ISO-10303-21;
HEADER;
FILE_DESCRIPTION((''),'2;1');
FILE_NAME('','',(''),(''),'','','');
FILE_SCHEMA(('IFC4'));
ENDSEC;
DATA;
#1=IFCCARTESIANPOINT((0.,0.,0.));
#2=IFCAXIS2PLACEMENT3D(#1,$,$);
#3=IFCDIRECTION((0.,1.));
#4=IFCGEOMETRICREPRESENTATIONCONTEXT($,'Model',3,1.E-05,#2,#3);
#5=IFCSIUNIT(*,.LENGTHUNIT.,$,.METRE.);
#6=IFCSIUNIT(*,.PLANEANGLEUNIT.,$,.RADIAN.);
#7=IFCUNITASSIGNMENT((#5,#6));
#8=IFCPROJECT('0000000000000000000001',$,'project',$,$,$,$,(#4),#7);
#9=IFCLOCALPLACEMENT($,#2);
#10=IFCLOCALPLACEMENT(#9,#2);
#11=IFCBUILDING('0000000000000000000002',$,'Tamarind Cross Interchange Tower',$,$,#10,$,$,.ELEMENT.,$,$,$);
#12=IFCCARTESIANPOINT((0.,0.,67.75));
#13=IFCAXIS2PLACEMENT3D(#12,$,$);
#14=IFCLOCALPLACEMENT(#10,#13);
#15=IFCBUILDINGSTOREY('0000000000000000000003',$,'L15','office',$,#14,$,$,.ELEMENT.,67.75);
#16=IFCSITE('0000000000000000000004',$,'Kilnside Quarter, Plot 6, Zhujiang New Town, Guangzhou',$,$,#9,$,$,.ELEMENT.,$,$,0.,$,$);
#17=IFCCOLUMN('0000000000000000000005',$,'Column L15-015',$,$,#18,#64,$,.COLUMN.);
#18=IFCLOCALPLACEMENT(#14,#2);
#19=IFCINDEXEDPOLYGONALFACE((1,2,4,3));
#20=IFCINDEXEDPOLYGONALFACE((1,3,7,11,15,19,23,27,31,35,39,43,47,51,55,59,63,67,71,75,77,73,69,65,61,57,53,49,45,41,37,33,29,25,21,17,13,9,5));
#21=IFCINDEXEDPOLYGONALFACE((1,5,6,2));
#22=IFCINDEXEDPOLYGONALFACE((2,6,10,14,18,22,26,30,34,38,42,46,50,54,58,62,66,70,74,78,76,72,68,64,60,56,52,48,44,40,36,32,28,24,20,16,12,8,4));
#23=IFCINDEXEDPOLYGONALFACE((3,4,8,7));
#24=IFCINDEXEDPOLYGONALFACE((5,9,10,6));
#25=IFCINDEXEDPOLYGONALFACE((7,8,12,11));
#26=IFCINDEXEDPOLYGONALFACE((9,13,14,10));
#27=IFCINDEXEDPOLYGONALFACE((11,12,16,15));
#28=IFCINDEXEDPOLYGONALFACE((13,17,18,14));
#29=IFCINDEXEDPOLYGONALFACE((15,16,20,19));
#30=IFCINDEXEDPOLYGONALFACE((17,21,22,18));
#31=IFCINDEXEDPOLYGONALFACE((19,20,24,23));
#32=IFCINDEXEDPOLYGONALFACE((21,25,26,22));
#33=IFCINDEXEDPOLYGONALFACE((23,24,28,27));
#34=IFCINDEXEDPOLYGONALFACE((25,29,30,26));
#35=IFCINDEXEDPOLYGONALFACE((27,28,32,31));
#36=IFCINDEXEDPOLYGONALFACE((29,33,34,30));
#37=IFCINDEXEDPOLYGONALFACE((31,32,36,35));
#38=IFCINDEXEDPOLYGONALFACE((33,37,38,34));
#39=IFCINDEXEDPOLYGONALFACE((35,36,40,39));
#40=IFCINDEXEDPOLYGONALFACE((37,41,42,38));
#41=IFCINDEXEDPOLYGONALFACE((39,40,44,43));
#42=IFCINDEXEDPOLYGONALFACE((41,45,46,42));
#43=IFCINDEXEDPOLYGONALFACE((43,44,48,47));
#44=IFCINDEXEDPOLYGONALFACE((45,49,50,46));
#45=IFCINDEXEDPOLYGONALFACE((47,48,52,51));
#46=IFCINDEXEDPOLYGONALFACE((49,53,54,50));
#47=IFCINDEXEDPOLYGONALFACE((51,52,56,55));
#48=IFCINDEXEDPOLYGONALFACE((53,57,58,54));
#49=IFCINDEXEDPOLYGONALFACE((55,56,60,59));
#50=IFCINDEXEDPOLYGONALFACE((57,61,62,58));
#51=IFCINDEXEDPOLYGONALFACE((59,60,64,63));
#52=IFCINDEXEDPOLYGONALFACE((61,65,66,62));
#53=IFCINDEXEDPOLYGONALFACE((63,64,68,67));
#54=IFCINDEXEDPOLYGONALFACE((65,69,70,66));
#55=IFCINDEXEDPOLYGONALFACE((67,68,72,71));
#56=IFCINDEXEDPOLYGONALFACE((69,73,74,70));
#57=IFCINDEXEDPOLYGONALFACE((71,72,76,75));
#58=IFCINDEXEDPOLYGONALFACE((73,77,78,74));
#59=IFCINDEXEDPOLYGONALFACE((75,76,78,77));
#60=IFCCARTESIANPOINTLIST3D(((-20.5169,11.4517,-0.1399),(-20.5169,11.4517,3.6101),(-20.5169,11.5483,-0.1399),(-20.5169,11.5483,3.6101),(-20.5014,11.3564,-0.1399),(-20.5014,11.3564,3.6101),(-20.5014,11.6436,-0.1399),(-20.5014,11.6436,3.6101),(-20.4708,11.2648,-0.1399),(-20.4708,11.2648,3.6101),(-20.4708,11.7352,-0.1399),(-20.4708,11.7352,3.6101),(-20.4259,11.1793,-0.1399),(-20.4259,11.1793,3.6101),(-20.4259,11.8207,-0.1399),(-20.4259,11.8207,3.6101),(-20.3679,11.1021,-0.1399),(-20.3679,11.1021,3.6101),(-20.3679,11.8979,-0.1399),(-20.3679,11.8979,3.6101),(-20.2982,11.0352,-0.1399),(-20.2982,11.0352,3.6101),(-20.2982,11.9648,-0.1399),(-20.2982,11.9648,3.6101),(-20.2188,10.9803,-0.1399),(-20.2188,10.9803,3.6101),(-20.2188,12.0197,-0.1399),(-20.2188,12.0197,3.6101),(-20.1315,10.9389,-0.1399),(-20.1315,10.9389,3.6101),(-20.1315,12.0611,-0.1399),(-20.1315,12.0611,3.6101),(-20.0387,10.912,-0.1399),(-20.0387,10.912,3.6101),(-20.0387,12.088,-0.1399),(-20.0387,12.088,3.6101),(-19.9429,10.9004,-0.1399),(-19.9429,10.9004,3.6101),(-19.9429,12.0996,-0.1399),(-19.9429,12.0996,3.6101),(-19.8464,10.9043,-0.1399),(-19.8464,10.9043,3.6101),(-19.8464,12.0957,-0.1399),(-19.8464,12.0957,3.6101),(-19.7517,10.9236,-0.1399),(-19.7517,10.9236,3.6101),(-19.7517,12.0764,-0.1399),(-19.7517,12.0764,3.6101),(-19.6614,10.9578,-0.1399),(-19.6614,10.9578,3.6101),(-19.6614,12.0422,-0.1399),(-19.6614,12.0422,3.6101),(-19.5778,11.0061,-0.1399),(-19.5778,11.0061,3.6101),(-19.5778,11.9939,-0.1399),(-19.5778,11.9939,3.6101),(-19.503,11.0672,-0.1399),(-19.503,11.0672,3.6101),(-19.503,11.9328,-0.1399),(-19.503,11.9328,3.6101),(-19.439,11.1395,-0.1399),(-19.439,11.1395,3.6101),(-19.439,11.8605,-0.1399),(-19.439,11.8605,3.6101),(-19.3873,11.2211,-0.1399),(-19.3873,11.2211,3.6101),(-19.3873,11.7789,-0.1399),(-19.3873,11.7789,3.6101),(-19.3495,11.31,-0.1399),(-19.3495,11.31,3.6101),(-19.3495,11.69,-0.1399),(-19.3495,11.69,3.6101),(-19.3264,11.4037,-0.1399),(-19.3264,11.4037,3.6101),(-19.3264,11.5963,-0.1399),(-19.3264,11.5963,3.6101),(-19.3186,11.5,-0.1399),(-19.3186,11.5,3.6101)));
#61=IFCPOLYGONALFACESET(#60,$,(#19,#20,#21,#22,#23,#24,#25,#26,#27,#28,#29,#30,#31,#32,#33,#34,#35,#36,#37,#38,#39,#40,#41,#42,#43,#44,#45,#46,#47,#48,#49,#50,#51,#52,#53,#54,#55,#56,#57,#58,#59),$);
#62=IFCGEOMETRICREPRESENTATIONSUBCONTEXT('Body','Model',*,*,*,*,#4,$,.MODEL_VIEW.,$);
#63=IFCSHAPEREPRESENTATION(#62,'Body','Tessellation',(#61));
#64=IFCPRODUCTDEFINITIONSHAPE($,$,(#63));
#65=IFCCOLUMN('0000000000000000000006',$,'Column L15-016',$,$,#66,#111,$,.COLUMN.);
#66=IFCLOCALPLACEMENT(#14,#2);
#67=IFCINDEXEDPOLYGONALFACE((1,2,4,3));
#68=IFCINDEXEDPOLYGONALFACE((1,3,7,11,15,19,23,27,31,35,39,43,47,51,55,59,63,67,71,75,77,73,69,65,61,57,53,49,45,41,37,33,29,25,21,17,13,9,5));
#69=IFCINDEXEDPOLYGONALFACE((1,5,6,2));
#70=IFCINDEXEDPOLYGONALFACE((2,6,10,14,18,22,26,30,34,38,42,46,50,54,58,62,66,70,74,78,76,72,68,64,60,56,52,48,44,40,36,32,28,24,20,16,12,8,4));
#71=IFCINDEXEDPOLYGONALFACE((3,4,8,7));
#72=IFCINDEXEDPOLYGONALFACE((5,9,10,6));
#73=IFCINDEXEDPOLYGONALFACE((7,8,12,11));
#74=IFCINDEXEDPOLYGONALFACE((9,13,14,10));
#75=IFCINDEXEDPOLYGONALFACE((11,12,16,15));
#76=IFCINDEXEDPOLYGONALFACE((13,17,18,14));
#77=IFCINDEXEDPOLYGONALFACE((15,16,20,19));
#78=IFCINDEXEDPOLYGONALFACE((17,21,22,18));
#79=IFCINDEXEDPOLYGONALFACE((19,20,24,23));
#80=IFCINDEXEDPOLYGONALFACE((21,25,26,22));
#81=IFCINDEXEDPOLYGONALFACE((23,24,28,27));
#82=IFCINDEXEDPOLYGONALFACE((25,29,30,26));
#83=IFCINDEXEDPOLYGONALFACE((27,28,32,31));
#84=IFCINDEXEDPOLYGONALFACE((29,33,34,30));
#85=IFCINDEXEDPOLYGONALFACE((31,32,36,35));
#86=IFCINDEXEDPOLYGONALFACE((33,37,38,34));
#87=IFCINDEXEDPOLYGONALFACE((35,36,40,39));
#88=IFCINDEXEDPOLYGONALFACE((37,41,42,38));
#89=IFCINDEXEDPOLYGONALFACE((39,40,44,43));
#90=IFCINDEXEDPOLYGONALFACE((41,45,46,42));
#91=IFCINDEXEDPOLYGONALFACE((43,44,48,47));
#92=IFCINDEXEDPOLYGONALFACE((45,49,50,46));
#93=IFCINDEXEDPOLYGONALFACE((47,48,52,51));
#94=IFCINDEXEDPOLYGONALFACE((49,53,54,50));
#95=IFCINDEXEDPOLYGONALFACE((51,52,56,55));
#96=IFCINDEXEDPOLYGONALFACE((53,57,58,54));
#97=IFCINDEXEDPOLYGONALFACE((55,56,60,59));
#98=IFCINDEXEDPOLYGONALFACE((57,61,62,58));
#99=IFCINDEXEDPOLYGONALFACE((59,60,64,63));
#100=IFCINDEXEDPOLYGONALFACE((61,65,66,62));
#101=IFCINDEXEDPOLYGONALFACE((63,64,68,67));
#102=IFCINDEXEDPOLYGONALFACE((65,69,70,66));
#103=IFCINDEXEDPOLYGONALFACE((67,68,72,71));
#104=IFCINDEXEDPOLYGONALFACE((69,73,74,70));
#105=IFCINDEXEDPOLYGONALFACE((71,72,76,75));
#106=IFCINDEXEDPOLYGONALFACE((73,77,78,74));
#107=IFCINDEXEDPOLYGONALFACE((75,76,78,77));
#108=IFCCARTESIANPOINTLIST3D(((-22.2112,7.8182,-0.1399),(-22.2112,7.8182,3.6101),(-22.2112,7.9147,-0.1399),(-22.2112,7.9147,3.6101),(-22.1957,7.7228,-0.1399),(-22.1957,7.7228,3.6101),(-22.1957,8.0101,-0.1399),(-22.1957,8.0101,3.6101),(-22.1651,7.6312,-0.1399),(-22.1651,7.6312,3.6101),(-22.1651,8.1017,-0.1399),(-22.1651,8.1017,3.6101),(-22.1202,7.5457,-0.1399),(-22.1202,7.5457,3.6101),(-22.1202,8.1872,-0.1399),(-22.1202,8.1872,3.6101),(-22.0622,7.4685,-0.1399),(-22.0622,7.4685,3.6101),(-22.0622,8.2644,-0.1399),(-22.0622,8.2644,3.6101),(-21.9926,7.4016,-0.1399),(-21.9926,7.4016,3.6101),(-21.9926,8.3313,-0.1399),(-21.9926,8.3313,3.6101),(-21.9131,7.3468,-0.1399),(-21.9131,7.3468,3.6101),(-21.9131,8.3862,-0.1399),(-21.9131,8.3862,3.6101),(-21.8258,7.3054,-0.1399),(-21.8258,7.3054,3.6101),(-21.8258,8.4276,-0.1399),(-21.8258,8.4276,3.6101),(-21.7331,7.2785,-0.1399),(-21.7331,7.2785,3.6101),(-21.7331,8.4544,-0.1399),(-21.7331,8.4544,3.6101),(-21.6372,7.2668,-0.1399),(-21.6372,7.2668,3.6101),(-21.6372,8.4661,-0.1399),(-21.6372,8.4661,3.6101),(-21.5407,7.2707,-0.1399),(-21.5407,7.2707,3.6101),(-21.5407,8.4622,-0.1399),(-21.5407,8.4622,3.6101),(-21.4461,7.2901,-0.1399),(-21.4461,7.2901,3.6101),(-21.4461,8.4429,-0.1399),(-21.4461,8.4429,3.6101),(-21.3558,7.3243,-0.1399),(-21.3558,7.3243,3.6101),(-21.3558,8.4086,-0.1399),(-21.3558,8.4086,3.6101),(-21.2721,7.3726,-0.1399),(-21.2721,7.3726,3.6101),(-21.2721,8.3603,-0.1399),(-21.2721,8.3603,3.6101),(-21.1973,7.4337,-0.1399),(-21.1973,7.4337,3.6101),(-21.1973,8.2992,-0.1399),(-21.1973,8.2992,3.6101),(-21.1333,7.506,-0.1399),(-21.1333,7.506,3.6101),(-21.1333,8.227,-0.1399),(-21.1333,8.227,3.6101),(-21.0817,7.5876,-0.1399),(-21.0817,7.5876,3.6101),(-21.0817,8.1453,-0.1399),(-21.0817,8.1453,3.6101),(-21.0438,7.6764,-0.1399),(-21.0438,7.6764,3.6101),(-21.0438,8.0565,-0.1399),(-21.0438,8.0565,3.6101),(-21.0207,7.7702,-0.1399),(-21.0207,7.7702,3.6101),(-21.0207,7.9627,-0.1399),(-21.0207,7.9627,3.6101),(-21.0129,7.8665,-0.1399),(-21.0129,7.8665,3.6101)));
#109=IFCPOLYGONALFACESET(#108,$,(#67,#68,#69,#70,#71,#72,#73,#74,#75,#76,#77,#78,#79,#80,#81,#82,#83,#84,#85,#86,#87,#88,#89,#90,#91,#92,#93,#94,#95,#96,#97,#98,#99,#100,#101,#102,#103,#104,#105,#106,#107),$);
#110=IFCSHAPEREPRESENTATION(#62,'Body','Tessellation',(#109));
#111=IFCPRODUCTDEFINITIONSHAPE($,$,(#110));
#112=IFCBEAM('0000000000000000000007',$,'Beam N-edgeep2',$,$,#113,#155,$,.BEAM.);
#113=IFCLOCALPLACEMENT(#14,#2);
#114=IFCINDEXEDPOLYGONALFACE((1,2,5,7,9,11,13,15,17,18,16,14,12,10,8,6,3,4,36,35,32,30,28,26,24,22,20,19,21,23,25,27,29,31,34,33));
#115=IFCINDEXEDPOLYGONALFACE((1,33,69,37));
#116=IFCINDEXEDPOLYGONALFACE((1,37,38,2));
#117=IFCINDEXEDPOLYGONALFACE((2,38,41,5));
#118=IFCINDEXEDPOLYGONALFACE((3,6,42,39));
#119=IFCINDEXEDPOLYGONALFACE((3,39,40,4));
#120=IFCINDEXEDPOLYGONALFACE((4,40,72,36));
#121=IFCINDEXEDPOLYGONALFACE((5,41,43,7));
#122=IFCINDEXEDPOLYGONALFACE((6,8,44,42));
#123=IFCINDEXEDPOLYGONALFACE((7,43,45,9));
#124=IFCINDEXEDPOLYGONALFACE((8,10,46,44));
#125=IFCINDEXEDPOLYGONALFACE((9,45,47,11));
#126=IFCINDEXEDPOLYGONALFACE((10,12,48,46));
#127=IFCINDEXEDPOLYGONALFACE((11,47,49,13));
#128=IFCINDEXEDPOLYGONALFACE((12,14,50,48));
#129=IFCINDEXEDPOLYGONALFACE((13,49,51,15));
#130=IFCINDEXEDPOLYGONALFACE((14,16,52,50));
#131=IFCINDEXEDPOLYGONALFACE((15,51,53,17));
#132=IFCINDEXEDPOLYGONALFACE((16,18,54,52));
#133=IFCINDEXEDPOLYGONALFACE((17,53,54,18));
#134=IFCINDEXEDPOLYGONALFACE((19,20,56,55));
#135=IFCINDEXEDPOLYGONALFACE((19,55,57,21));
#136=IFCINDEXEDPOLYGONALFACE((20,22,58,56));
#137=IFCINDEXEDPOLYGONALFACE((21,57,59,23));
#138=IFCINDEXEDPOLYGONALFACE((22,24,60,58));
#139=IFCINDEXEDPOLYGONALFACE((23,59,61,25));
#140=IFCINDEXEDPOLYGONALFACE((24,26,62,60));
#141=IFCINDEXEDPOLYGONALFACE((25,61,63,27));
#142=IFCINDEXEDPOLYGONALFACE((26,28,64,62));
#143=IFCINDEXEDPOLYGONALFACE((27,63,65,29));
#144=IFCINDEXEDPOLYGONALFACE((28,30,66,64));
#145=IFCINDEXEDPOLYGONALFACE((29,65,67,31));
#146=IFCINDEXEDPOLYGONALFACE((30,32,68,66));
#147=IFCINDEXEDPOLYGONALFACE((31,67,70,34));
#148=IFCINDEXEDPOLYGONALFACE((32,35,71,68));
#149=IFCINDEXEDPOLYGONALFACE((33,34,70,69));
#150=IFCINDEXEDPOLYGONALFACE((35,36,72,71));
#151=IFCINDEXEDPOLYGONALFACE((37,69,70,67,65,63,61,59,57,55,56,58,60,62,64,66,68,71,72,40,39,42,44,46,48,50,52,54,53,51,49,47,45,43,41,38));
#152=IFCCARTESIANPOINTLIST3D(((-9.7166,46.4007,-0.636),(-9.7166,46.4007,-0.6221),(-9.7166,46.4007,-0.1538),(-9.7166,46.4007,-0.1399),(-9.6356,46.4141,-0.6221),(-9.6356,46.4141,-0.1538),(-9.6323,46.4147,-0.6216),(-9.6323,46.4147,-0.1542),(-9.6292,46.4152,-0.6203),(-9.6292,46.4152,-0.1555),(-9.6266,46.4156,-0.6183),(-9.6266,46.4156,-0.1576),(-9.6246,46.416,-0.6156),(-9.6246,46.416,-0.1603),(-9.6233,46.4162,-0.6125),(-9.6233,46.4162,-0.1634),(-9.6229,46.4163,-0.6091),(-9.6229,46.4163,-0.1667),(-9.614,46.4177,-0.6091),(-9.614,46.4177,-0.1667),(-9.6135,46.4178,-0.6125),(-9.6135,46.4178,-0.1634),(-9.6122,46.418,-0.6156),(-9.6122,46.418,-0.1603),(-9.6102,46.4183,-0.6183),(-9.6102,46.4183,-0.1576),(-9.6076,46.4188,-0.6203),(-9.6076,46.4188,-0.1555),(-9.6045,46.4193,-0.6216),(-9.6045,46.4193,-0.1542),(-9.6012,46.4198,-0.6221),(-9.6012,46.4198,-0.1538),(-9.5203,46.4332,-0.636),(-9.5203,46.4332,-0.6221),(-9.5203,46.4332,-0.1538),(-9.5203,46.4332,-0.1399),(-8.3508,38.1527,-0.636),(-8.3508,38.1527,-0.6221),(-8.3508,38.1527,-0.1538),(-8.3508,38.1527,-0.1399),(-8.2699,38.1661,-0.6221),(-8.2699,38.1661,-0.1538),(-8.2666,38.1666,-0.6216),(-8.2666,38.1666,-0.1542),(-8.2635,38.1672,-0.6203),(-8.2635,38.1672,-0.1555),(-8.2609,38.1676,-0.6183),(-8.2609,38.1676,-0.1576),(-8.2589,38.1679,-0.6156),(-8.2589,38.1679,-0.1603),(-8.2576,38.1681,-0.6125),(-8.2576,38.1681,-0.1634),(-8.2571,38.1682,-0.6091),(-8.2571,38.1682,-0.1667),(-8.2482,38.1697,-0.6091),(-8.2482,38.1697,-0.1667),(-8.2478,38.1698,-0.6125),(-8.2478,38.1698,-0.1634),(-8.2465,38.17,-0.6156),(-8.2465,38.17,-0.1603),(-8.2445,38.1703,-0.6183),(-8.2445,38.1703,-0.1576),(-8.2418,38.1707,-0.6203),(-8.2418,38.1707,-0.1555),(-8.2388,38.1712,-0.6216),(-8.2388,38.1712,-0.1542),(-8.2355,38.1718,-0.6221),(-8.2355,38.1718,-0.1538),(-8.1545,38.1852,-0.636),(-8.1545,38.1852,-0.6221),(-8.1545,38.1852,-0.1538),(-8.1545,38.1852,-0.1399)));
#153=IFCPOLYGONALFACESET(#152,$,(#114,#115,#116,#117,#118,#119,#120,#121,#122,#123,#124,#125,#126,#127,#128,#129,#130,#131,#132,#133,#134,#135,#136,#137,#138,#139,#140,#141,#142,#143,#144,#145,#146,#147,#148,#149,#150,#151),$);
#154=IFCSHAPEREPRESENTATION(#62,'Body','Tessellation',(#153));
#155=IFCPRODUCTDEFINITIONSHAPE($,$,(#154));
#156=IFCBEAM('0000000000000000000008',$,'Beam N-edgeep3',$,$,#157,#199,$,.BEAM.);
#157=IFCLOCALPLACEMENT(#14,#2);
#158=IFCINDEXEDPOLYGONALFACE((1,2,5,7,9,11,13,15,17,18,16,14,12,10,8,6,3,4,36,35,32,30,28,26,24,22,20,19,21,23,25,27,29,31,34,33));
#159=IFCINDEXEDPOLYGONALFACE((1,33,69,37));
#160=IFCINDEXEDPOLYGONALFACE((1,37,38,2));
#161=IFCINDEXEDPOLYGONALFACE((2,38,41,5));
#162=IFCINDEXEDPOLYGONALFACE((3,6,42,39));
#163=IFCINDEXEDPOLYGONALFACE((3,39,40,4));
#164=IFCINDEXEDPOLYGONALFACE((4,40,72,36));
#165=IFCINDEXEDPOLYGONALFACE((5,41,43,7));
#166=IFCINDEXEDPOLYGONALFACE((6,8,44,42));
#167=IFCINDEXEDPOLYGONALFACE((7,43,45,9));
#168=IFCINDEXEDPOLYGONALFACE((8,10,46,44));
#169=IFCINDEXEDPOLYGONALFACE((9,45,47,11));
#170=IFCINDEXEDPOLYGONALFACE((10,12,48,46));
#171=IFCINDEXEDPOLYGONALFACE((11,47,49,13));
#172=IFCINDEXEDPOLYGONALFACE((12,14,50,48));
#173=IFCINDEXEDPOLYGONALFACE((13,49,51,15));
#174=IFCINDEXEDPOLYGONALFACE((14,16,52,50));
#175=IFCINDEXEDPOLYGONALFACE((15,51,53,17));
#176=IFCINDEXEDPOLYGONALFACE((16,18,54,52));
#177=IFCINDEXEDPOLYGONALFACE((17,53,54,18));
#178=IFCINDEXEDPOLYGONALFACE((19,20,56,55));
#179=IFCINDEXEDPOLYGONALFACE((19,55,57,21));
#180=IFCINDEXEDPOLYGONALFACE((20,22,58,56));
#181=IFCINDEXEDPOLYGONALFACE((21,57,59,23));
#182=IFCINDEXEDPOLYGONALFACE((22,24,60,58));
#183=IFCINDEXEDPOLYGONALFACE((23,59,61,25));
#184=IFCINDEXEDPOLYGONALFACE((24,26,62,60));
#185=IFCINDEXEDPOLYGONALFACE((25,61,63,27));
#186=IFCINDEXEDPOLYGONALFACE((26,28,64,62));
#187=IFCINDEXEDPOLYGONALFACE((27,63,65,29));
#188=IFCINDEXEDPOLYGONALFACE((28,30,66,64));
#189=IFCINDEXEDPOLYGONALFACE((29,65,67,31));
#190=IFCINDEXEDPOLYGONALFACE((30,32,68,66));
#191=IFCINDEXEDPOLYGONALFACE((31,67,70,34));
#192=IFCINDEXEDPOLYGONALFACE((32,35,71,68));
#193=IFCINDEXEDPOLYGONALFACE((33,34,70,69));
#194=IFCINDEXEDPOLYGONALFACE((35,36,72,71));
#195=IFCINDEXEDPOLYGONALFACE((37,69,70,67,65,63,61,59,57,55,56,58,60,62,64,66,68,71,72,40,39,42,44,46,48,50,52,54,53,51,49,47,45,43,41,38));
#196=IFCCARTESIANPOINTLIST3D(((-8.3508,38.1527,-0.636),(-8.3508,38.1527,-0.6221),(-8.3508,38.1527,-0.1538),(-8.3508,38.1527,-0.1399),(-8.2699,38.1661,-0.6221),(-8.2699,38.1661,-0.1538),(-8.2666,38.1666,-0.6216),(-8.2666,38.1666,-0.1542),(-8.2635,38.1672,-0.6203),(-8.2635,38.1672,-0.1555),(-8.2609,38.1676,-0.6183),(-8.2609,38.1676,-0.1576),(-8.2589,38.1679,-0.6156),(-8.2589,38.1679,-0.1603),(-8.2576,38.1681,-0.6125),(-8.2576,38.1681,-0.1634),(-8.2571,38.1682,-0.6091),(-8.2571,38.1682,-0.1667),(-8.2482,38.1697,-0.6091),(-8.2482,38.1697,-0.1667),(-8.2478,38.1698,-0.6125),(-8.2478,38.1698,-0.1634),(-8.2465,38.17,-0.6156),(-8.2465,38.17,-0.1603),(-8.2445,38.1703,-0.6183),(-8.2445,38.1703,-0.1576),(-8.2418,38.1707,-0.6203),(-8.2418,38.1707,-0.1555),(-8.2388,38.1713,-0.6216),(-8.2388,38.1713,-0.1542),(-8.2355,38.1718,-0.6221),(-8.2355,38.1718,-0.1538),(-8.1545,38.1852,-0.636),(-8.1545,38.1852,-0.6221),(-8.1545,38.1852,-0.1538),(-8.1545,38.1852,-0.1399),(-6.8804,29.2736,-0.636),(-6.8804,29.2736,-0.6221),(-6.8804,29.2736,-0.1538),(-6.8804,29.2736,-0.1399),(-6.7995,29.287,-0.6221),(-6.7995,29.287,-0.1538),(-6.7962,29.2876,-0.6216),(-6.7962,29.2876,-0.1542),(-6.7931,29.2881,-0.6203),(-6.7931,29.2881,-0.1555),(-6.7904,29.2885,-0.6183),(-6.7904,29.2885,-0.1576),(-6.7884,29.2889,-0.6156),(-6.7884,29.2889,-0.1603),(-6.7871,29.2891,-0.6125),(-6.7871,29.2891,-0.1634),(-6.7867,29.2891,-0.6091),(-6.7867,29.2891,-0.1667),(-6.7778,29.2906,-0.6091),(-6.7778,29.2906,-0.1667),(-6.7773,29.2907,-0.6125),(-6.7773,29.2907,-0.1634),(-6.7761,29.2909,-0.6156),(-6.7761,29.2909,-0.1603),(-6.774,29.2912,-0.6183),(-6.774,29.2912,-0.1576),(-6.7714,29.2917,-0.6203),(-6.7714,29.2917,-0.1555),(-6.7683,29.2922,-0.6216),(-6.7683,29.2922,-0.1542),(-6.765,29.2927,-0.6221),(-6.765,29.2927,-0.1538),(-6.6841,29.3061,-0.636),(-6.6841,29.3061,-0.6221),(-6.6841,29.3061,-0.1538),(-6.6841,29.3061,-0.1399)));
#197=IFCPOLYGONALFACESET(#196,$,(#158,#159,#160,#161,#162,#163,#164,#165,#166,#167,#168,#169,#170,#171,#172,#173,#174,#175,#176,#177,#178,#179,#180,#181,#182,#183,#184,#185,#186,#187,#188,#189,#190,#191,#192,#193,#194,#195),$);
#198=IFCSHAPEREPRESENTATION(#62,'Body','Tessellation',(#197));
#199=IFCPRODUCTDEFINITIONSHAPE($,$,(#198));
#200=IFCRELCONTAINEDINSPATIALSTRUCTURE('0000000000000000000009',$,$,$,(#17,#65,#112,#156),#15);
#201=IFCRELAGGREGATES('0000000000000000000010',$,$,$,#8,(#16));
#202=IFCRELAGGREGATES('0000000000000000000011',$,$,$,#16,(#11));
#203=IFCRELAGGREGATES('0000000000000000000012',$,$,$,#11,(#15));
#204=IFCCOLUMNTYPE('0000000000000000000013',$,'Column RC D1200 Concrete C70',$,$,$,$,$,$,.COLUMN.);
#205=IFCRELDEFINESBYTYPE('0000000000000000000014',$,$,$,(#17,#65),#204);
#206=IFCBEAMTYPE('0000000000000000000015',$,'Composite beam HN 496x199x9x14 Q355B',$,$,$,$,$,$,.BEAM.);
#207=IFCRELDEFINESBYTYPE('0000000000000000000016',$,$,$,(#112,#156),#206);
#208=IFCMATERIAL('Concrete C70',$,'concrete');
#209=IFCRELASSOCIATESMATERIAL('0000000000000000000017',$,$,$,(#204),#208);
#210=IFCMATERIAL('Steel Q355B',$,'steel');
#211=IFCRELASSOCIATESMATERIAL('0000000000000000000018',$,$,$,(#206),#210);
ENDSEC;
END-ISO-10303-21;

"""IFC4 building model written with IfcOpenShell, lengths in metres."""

from ifc_helpers import new_model, si_unit, direction, frame, origin, origin_2d, place, context, subcontext, project, spatial, circle, i_section, extrude, material, material_profile, profile_set, type_object, element, save


model = new_model("IFC4")

# Units and contexts
model_context = context("Model", 3, precision=1e-05, world=origin(), true_north=direction((0.0, 1.0)))
body_context = subcontext(model_context, "Body", "Model", "MODEL_VIEW")
ifc_project = project(units=[si_unit("LENGTHUNIT", "METRE"), si_unit("PLANEANGLEUNIT", "RADIAN")], contexts=[model_context])

# Site, building, storey
site_placement = place(None, origin())
site = spatial("IfcSite", under=ifc_project, at=site_placement, Name="Kilnside Quarter, Plot 6, Zhujiang New Town, Guangzhou", CompositionType="ELEMENT", RefElevation=0.0)
building_placement = place(site_placement, origin())
building = spatial("IfcBuilding", under=site, at=building_placement, Name="Tamarind Cross Interchange Tower", CompositionType="ELEMENT")
storey_placement = place(building_placement, frame((0.0, 0.0, 67.75)))
storey = spatial("IfcBuildingStorey", under=building, at=storey_placement, Name="L15", Description="office", CompositionType="ELEMENT", Elevation=67.75)

# Columns
ifc_material_1 = material(Name="Concrete C70", Category="concrete")
ifc_material_profile_1 = material_profile(ifc_material_1, circle(Radius=0.6001, at=origin_2d()), Name="RC D1200")
ifc_profile_set_1 = profile_set([ifc_material_profile_1], Name="Concrete C70")
column_type_1 = type_object("IfcColumnType", Name="Column RC D1200 Concrete C70", PredefinedType="COLUMN", material=ifc_profile_set_1)
for number, where, z_axis, x_axis, name in (
    (1, (-19.9187, 11.5, -0.1399), (0.0, 0.0, 1.0), (1.0, 0.0, 0.0), "Column L15-015"),
    (2, (-21.613, 7.8665, -0.1399), (0.0, 0.0, 1.0), (1.0, 0.0, 0.0), "Column L15-016"),
):
    element("IfcColumn", number, at=place(storey_placement, frame(where, z_axis=z_axis, x_axis=x_axis)), inside=storey, type_object=column_type_1, Name=name, PredefinedType="COLUMN", context=body_context, shape_type="SweptSolid", body=[
        extrude(circle(Radius=0.6001, at=origin_2d()), origin(), (0.0, 0.0, 1.0), 3.75),
    ])

# Beams
ifc_material_2 = material(Name="Steel Q355B", Category="steel")
ifc_material_profile_2 = material_profile(ifc_material_2, i_section(OverallWidth=0.199, OverallDepth=0.4961, WebThickness=0.009, FlangeThickness=0.0139, FilletRadius=0.0129, at=origin_2d()), Name="HN 496x199x9x14")
ifc_profile_set_2 = profile_set([ifc_material_profile_2], Name="Steel Q355B")
beam_type_1 = type_object("IfcBeamType", Name="Composite beam HN 496x199x9x14 Q355B", PredefinedType="BEAM", material=ifc_profile_set_2)
beam_1_placement = place(storey_placement, frame((-9.6184, 46.417, -0.3879), z_axis=(0.163357, -0.986567, 0.0), x_axis=(0.986567, 0.163357, 0.0)))
element("IfcBeam", 3, at=beam_1_placement, inside=storey, type_object=beam_type_1, Name="Beam N-edgeep2", PredefinedType="BEAM", context=body_context, shape_type="SweptSolid", body=[
    extrude(i_section(OverallWidth=0.199, OverallDepth=0.4961, WebThickness=0.009, FlangeThickness=0.0139, FilletRadius=0.0129, at=origin_2d()), origin(), (0.0, 0.0, 1.0), 8.3604),
])
beam_2_placement = place(storey_placement, frame((-8.2527, 38.1689, -0.3879), z_axis=(0.163383, -0.986563, 0.0), x_axis=(0.986563, 0.163383, 0.0)))
element("IfcBeam", 4, at=beam_2_placement, inside=storey, type_object=beam_type_1, Name="Beam N-edgeep3", PredefinedType="BEAM", context=body_context, shape_type="SweptSolid", body=[
    extrude(i_section(OverallWidth=0.199, OverallDepth=0.4961, WebThickness=0.009, FlangeThickness=0.0139, FilletRadius=0.0129, at=origin_2d()), origin(), (0.0, 0.0, 1.0), 9.0),
])

save(model, "model.ifc")
